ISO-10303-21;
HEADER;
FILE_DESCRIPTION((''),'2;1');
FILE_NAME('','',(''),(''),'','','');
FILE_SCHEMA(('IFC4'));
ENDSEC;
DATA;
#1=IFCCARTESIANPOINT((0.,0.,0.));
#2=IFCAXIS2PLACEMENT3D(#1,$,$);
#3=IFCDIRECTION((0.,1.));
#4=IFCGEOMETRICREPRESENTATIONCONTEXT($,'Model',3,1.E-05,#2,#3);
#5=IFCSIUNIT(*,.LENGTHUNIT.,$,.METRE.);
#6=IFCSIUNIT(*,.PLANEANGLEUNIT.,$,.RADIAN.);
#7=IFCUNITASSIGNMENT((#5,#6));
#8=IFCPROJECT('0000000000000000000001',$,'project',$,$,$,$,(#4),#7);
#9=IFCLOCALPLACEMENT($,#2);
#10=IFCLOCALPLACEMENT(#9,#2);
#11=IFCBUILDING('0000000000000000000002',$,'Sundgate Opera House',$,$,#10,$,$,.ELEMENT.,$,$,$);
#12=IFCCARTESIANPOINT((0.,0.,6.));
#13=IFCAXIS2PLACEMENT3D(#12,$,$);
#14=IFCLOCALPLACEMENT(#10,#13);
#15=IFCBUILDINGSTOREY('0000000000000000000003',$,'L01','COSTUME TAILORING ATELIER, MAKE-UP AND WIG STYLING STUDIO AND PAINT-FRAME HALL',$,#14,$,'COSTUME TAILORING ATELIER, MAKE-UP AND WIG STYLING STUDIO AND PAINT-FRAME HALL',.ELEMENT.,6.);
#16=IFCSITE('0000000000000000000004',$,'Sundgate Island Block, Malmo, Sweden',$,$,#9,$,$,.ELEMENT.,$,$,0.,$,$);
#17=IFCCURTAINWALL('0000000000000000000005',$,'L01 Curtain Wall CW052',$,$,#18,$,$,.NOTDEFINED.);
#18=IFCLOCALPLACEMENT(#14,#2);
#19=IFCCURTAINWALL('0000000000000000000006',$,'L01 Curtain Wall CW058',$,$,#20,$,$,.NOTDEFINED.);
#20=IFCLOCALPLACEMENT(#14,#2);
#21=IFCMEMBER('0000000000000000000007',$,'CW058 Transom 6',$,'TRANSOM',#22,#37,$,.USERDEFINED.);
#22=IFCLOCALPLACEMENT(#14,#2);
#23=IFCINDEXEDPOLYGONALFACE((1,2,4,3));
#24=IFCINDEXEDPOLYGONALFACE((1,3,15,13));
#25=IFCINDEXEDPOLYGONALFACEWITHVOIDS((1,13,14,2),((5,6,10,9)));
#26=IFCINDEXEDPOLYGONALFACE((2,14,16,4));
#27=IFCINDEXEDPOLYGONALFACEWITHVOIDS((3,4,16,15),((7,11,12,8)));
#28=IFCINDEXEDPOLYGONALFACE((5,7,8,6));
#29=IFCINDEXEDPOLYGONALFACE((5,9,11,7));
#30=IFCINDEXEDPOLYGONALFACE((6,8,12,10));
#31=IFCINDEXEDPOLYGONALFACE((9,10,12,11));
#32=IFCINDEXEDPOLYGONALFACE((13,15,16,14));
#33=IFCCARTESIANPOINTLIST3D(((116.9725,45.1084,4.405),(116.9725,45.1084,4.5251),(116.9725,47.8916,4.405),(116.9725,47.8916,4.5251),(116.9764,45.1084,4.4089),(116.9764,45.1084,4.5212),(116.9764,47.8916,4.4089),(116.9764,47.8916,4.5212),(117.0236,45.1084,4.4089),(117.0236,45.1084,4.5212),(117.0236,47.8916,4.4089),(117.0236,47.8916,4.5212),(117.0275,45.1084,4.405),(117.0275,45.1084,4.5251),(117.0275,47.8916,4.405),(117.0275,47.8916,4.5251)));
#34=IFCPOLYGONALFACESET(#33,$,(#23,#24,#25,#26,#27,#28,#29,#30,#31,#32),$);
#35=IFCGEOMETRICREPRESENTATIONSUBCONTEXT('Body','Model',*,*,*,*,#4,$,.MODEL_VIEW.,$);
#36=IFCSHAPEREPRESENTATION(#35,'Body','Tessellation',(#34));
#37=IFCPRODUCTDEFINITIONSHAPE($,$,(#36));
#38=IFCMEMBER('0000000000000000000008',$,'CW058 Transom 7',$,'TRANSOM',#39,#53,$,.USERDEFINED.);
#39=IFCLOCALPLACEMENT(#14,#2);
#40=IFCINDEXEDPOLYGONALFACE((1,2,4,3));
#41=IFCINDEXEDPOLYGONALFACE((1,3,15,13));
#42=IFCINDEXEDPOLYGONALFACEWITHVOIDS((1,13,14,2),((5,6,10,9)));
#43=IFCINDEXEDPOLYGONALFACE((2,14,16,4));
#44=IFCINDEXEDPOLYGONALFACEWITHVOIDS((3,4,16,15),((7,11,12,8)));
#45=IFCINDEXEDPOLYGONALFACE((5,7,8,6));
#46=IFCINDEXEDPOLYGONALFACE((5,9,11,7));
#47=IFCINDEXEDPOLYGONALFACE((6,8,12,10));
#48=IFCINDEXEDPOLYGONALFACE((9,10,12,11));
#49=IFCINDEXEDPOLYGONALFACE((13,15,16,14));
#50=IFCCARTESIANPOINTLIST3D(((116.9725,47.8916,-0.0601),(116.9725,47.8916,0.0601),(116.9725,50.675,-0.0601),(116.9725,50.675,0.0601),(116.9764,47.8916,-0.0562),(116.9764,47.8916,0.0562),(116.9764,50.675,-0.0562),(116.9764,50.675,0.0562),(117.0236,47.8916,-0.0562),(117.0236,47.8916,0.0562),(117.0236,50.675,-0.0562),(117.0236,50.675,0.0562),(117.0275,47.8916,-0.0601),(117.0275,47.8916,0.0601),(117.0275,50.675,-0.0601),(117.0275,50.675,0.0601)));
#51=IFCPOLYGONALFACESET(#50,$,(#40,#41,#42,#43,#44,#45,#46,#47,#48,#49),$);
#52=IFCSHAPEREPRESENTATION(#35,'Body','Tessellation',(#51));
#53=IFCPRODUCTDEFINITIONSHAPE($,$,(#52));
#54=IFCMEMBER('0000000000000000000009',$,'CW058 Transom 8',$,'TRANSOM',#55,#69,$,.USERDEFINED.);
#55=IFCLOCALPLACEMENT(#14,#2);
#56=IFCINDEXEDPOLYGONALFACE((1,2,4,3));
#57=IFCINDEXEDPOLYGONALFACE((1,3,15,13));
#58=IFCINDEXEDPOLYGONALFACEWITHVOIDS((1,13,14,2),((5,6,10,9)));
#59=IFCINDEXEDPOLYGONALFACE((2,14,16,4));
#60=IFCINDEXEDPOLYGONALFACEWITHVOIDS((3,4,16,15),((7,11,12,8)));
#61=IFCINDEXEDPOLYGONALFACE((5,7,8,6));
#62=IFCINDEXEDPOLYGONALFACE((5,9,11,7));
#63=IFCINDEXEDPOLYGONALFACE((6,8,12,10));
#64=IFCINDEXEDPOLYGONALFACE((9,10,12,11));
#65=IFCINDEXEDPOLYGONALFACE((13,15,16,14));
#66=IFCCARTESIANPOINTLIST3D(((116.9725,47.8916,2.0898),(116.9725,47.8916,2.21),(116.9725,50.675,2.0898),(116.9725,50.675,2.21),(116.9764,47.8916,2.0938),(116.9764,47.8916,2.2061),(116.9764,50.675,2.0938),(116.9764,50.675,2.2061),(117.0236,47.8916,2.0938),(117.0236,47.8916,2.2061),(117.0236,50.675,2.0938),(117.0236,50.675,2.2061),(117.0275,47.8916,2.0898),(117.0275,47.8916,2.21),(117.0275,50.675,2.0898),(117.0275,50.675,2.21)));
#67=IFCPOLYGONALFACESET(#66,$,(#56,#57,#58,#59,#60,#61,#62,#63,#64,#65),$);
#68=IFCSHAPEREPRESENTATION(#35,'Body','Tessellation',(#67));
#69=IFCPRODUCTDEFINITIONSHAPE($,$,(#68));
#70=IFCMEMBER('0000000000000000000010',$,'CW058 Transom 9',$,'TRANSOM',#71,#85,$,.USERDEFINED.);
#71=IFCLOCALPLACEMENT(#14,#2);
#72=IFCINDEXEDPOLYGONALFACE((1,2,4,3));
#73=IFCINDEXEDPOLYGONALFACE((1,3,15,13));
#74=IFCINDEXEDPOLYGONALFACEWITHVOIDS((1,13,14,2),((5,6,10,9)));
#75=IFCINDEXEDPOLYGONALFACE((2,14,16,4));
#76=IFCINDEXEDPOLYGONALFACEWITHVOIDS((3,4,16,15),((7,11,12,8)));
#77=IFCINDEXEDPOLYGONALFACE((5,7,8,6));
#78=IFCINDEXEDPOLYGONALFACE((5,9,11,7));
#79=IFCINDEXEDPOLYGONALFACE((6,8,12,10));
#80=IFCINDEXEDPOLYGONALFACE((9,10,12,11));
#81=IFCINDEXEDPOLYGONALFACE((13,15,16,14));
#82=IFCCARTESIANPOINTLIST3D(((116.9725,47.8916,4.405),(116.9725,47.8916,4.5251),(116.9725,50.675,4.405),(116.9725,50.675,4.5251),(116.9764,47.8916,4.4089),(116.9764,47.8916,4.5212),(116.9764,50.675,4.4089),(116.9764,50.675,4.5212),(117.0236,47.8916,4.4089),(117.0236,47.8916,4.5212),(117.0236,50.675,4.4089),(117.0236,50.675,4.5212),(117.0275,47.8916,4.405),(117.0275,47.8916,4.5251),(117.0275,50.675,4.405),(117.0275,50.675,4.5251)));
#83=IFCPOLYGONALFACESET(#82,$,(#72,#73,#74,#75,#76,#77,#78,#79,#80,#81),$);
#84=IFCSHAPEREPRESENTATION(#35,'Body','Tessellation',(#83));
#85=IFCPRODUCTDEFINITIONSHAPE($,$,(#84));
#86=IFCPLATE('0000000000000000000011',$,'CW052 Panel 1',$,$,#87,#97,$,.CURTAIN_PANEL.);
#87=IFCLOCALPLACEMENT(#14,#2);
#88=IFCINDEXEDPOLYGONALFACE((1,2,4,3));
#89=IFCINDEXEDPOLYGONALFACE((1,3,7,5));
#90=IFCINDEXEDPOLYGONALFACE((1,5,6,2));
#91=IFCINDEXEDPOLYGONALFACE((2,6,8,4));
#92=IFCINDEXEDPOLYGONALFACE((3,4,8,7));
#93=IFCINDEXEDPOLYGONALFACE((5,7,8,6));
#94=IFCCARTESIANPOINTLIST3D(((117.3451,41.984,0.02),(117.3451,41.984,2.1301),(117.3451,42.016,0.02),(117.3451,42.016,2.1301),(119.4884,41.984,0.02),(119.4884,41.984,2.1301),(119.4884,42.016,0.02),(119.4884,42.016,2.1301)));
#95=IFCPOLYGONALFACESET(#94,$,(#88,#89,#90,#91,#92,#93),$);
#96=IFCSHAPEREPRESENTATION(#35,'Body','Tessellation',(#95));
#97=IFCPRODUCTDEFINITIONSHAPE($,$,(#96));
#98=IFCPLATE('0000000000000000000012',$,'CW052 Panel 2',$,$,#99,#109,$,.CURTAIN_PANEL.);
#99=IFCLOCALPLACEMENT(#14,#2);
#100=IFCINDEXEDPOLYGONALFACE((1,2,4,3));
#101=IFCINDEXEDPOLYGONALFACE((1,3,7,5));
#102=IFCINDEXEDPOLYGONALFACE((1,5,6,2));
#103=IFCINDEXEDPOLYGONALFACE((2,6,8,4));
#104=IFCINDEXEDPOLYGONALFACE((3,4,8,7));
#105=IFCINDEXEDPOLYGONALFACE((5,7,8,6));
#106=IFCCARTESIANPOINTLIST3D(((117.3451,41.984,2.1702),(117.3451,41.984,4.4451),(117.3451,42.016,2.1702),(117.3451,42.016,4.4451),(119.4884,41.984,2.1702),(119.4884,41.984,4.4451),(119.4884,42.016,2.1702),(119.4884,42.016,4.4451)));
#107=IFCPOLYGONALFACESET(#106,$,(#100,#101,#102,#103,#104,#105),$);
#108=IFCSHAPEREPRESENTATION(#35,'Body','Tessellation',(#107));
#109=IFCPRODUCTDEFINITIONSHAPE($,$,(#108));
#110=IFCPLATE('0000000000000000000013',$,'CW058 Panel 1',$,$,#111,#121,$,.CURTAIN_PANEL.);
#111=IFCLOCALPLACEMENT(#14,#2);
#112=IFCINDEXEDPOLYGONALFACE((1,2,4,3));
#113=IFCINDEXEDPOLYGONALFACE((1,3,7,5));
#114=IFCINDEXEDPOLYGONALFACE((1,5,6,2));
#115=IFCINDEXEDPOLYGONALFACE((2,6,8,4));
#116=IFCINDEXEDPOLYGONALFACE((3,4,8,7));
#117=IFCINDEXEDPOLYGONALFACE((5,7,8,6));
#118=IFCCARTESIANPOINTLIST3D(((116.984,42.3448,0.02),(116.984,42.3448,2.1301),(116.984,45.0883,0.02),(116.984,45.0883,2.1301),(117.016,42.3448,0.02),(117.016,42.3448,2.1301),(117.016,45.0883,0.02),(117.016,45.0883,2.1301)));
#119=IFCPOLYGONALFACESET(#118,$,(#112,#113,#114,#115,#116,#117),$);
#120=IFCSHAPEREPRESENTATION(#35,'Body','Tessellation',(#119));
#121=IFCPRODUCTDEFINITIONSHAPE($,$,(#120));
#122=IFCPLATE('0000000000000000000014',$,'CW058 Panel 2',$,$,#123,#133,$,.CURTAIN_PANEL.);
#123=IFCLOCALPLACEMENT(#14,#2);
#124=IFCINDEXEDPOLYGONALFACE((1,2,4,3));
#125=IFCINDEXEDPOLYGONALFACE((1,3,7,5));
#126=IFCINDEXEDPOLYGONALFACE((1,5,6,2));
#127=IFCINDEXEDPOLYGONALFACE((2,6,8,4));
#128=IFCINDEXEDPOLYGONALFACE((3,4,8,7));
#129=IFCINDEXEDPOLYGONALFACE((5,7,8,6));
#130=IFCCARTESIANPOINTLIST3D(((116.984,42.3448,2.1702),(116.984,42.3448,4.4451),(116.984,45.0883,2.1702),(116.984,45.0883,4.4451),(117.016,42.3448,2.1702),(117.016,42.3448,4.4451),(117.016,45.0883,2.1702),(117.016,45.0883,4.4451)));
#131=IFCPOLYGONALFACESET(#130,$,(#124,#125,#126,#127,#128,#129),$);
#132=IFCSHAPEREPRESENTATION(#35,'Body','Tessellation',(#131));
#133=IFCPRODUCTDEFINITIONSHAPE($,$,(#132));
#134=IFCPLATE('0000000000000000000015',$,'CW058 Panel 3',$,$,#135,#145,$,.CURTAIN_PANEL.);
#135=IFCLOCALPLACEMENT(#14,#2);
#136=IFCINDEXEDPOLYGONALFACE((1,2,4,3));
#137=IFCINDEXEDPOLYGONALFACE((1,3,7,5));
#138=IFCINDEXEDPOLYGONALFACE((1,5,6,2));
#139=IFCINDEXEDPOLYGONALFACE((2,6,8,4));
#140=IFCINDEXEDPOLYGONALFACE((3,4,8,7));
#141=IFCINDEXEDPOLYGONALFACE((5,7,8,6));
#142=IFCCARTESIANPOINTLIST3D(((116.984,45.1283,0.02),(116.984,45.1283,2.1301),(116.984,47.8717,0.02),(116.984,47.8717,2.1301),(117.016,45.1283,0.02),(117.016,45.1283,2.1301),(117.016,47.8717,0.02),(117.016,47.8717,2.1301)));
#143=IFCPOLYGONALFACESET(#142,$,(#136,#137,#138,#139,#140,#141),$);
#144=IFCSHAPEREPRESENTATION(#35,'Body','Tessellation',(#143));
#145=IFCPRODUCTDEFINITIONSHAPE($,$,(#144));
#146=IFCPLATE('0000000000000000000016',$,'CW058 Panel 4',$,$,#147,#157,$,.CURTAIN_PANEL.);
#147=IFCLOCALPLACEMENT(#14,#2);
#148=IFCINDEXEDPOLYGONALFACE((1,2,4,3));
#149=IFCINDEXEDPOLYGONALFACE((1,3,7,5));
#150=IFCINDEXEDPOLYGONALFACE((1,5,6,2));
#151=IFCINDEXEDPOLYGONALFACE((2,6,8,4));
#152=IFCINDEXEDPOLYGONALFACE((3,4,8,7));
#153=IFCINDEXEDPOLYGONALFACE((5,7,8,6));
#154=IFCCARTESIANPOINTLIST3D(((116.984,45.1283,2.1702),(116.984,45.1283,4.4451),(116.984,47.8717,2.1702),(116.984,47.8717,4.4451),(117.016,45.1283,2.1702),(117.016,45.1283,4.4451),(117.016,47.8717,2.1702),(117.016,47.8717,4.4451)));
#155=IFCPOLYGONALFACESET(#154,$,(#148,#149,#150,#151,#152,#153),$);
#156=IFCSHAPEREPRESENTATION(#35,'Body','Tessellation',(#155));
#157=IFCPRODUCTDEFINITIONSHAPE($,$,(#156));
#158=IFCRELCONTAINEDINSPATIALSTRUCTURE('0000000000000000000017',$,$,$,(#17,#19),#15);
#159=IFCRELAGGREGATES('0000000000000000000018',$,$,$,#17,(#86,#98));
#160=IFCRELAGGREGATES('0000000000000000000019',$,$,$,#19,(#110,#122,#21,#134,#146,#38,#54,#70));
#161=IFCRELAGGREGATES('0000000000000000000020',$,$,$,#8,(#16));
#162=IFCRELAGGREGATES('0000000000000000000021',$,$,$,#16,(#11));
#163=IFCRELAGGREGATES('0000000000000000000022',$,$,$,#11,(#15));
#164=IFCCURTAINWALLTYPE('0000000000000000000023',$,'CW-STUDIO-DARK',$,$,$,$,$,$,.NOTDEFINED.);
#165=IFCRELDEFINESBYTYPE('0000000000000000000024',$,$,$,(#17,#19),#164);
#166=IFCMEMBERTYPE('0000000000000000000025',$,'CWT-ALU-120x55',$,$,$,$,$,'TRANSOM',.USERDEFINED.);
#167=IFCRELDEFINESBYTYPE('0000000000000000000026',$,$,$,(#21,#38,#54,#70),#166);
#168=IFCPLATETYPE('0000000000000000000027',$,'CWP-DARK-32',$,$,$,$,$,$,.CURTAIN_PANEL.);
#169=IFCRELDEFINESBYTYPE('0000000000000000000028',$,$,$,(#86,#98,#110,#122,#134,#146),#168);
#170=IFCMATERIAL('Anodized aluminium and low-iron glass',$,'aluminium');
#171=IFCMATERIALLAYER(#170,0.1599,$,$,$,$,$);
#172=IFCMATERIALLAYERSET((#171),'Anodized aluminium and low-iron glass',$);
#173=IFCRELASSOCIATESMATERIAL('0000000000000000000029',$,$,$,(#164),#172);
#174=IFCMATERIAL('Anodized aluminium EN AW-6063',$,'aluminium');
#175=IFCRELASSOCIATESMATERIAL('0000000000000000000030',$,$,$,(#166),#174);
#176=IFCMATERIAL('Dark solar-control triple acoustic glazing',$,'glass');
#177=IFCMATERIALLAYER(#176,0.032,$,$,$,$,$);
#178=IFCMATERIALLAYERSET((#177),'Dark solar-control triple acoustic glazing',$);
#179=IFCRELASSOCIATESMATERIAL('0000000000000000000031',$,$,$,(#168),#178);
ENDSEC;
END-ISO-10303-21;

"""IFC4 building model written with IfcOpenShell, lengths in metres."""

from ifc_helpers import new_model, si_unit, direction, frame, origin, origin_2d, place, context, subcontext, project, spatial, rectangle, hollow_rectangle, extrude, material, layer, layer_set, material_profile, profile_set, type_object, element, aggregate, save


model = new_model("IFC4")

# Units and contexts
model_context = context("Model", 3, precision=1e-05, world=origin(), true_north=direction((0.0, 1.0)))
body_context = subcontext(model_context, "Body", "Model", "MODEL_VIEW")
ifc_project = project(units=[si_unit("LENGTHUNIT", "METRE"), si_unit("PLANEANGLEUNIT", "RADIAN")], contexts=[model_context])

# Site, building, storey
site_placement = place(None, origin())
site = spatial("IfcSite", under=ifc_project, at=site_placement, Name="Sundgate Island Block, Malmo, Sweden", CompositionType="ELEMENT", RefElevation=0.0)
building_placement = place(site_placement, origin())
building = spatial("IfcBuilding", under=site, at=building_placement, Name="Sundgate Opera House", CompositionType="ELEMENT")
storey_placement = place(building_placement, frame((0.0, 0.0, 6.0)))
storey = spatial("IfcBuildingStorey", under=building, at=storey_placement, Name="L01", Description="COSTUME TAILORING ATELIER, MAKE-UP AND WIG STYLING STUDIO AND PAINT-FRAME HALL", LongName="COSTUME TAILORING ATELIER, MAKE-UP AND WIG STYLING STUDIO AND PAINT-FRAME HALL", CompositionType="ELEMENT", Elevation=6.0)

# Curtain wall
ifc_material_1 = material(Name="Anodized aluminium and low-iron glass", Category="aluminium")
ifc_layer_1 = layer(ifc_material_1, 0.1599)
ifc_layer_set_1 = layer_set([ifc_layer_1], Name="Anodized aluminium and low-iron glass")
curtain_wall_type = type_object("IfcCurtainWallType", Name="CW-STUDIO-DARK", PredefinedType="NOTDEFINED", material=ifc_layer_set_1)
curtain_wall_1_placement = place(storey_placement, origin())
curtain_wall_1 = element("IfcCurtainWall", 1, at=curtain_wall_1_placement, inside=storey, type_object=curtain_wall_type, Name="L01 Curtain Wall CW052", PredefinedType="NOTDEFINED")

# Curtain wall
curtain_wall_2_placement = place(storey_placement, origin())
curtain_wall_2 = element("IfcCurtainWall", 2, at=curtain_wall_2_placement, inside=storey, type_object=curtain_wall_type, Name="L01 Curtain Wall CW058", PredefinedType="NOTDEFINED")

# Members
ifc_material_2 = material(Name="Anodized aluminium EN AW-6063", Category="aluminium")
ifc_material_profile_1 = material_profile(ifc_material_2, hollow_rectangle(XDim=0.0549, YDim=0.1201, WallThickness=0.0039, at=origin_2d()), Name="CWT 120x55x4")
ifc_profile_set_1 = profile_set([ifc_material_profile_1], Name="Anodized aluminium EN AW-6063")
member_type_1 = type_object("IfcMemberType", Name="CWT-ALU-120x55", ElementType="TRANSOM", PredefinedType="USERDEFINED", material=ifc_profile_set_1)
member_1_placement = place(storey_placement, frame((117.0, 45.1084, 4.4651), z_axis=(0.0, 1.0, 0.0), x_axis=(-1.0, 0.0, 0.0)))
member_1 = element("IfcMember", 3, at=member_1_placement, type_object=member_type_1, Name="CW058 Transom 6", ObjectType="TRANSOM", PredefinedType="USERDEFINED", context=body_context, shape_type="SweptSolid", body=[
    extrude(hollow_rectangle(XDim=0.0549, YDim=0.1201, WallThickness=0.0039, at=origin_2d()), origin(), (0.0, 0.0, 1.0), 2.7832),
])
member_2_placement = place(storey_placement, frame((117.0, 47.8916, 0.0), z_axis=(0.0, 1.0, 0.0), x_axis=(-1.0, 0.0, 0.0)))
member_2 = element("IfcMember", 4, at=member_2_placement, type_object=member_type_1, Name="CW058 Transom 7", ObjectType="TRANSOM", PredefinedType="USERDEFINED", context=body_context, shape_type="SweptSolid", body=[
    extrude(hollow_rectangle(XDim=0.0549, YDim=0.1201, WallThickness=0.0039, at=origin_2d()), origin(), (0.0, 0.0, 1.0), 2.7834),
])
member_3_placement = place(storey_placement, frame((117.0, 47.8916, 2.1499), z_axis=(0.0, 1.0, 0.0), x_axis=(-1.0, 0.0, 0.0)))
member_3 = element("IfcMember", 5, at=member_3_placement, type_object=member_type_1, Name="CW058 Transom 8", ObjectType="TRANSOM", PredefinedType="USERDEFINED", context=body_context, shape_type="SweptSolid", body=[
    extrude(hollow_rectangle(XDim=0.0549, YDim=0.1201, WallThickness=0.0039, at=origin_2d()), origin(), (0.0, 0.0, 1.0), 2.7834),
])
member_4_placement = place(storey_placement, frame((117.0, 47.8916, 4.4651), z_axis=(0.0, 1.0, 0.0), x_axis=(-1.0, 0.0, 0.0)))
member_4 = element("IfcMember", 6, at=member_4_placement, type_object=member_type_1, Name="CW058 Transom 9", ObjectType="TRANSOM", PredefinedType="USERDEFINED", context=body_context, shape_type="SweptSolid", body=[
    extrude(hollow_rectangle(XDim=0.0549, YDim=0.1201, WallThickness=0.0039, at=origin_2d()), origin(), (0.0, 0.0, 1.0), 2.7834),
])

# Plates
ifc_material_3 = material(Name="Dark solar-control triple acoustic glazing", Category="glass")
ifc_layer_2 = layer(ifc_material_3, 0.032)
ifc_layer_set_2 = layer_set([ifc_layer_2], Name="Dark solar-control triple acoustic glazing")
plate_type = type_object("IfcPlateType", Name="CWP-DARK-32", PredefinedType="CURTAIN_PANEL", material=ifc_layer_set_2)
plate_1_placement = place(storey_placement, frame((118.4167, 42.0, 0.02), z_axis=(0.0, 0.0, 1.0), x_axis=(1.0, 0.0, 0.0)))
plate_1 = element("IfcPlate", 7, at=plate_1_placement, type_object=plate_type, Name="CW052 Panel 1", PredefinedType="CURTAIN_PANEL", context=body_context, shape_type="SweptSolid", body=[
    extrude(rectangle(XDim=2.1433, YDim=0.032, at=origin_2d()), origin(), (0.0, 0.0, 1.0), 2.1101),
])
plate_2_placement = place(storey_placement, frame((118.4167, 42.0, 2.1702), z_axis=(0.0, 0.0, 1.0), x_axis=(1.0, 0.0, 0.0)))
plate_2 = element("IfcPlate", 8, at=plate_2_placement, type_object=plate_type, Name="CW052 Panel 2", PredefinedType="CURTAIN_PANEL", context=body_context, shape_type="SweptSolid", body=[
    extrude(rectangle(XDim=2.1433, YDim=0.032, at=origin_2d()), origin(), (0.0, 0.0, 1.0), 2.2749),
])
aggregate(curtain_wall_1, [plate_1, plate_2])
plate_3_placement = place(storey_placement, frame((117.0, 43.7166, 0.02), z_axis=(0.0, 0.0, 1.0), x_axis=(0.0, 1.0, 0.0)))
plate_3 = element("IfcPlate", 9, at=plate_3_placement, type_object=plate_type, Name="CW058 Panel 1", PredefinedType="CURTAIN_PANEL", context=body_context, shape_type="SweptSolid", body=[
    extrude(rectangle(XDim=2.7434, YDim=0.032, at=origin_2d()), origin(), (0.0, 0.0, 1.0), 2.1101),
])
plate_4_placement = place(storey_placement, frame((117.0, 43.7166, 2.1702), z_axis=(0.0, 0.0, 1.0), x_axis=(0.0, 1.0, 0.0)))
plate_4 = element("IfcPlate", 10, at=plate_4_placement, type_object=plate_type, Name="CW058 Panel 2", PredefinedType="CURTAIN_PANEL", context=body_context, shape_type="SweptSolid", body=[
    extrude(rectangle(XDim=2.7434, YDim=0.032, at=origin_2d()), origin(), (0.0, 0.0, 1.0), 2.2749),
])
plate_5_placement = place(storey_placement, frame((117.0, 46.5, 0.02), z_axis=(0.0, 0.0, 1.0), x_axis=(0.0, 1.0, 0.0)))
plate_5 = element("IfcPlate", 11, at=plate_5_placement, type_object=plate_type, Name="CW058 Panel 3", PredefinedType="CURTAIN_PANEL", context=body_context, shape_type="SweptSolid", body=[
    extrude(rectangle(XDim=2.7434, YDim=0.032, at=origin_2d()), origin(), (0.0, 0.0, 1.0), 2.1101),
])
plate_6_placement = place(storey_placement, frame((117.0, 46.5, 2.1702), z_axis=(0.0, 0.0, 1.0), x_axis=(0.0, 1.0, 0.0)))
plate_6 = element("IfcPlate", 12, at=plate_6_placement, type_object=plate_type, Name="CW058 Panel 4", PredefinedType="CURTAIN_PANEL", context=body_context, shape_type="SweptSolid", body=[
    extrude(rectangle(XDim=2.7434, YDim=0.032, at=origin_2d()), origin(), (0.0, 0.0, 1.0), 2.2749),
])
aggregate(curtain_wall_2, [plate_3, plate_4, member_1, plate_5, plate_6, member_2, member_3, member_4])

save(model, "model.ifc")
